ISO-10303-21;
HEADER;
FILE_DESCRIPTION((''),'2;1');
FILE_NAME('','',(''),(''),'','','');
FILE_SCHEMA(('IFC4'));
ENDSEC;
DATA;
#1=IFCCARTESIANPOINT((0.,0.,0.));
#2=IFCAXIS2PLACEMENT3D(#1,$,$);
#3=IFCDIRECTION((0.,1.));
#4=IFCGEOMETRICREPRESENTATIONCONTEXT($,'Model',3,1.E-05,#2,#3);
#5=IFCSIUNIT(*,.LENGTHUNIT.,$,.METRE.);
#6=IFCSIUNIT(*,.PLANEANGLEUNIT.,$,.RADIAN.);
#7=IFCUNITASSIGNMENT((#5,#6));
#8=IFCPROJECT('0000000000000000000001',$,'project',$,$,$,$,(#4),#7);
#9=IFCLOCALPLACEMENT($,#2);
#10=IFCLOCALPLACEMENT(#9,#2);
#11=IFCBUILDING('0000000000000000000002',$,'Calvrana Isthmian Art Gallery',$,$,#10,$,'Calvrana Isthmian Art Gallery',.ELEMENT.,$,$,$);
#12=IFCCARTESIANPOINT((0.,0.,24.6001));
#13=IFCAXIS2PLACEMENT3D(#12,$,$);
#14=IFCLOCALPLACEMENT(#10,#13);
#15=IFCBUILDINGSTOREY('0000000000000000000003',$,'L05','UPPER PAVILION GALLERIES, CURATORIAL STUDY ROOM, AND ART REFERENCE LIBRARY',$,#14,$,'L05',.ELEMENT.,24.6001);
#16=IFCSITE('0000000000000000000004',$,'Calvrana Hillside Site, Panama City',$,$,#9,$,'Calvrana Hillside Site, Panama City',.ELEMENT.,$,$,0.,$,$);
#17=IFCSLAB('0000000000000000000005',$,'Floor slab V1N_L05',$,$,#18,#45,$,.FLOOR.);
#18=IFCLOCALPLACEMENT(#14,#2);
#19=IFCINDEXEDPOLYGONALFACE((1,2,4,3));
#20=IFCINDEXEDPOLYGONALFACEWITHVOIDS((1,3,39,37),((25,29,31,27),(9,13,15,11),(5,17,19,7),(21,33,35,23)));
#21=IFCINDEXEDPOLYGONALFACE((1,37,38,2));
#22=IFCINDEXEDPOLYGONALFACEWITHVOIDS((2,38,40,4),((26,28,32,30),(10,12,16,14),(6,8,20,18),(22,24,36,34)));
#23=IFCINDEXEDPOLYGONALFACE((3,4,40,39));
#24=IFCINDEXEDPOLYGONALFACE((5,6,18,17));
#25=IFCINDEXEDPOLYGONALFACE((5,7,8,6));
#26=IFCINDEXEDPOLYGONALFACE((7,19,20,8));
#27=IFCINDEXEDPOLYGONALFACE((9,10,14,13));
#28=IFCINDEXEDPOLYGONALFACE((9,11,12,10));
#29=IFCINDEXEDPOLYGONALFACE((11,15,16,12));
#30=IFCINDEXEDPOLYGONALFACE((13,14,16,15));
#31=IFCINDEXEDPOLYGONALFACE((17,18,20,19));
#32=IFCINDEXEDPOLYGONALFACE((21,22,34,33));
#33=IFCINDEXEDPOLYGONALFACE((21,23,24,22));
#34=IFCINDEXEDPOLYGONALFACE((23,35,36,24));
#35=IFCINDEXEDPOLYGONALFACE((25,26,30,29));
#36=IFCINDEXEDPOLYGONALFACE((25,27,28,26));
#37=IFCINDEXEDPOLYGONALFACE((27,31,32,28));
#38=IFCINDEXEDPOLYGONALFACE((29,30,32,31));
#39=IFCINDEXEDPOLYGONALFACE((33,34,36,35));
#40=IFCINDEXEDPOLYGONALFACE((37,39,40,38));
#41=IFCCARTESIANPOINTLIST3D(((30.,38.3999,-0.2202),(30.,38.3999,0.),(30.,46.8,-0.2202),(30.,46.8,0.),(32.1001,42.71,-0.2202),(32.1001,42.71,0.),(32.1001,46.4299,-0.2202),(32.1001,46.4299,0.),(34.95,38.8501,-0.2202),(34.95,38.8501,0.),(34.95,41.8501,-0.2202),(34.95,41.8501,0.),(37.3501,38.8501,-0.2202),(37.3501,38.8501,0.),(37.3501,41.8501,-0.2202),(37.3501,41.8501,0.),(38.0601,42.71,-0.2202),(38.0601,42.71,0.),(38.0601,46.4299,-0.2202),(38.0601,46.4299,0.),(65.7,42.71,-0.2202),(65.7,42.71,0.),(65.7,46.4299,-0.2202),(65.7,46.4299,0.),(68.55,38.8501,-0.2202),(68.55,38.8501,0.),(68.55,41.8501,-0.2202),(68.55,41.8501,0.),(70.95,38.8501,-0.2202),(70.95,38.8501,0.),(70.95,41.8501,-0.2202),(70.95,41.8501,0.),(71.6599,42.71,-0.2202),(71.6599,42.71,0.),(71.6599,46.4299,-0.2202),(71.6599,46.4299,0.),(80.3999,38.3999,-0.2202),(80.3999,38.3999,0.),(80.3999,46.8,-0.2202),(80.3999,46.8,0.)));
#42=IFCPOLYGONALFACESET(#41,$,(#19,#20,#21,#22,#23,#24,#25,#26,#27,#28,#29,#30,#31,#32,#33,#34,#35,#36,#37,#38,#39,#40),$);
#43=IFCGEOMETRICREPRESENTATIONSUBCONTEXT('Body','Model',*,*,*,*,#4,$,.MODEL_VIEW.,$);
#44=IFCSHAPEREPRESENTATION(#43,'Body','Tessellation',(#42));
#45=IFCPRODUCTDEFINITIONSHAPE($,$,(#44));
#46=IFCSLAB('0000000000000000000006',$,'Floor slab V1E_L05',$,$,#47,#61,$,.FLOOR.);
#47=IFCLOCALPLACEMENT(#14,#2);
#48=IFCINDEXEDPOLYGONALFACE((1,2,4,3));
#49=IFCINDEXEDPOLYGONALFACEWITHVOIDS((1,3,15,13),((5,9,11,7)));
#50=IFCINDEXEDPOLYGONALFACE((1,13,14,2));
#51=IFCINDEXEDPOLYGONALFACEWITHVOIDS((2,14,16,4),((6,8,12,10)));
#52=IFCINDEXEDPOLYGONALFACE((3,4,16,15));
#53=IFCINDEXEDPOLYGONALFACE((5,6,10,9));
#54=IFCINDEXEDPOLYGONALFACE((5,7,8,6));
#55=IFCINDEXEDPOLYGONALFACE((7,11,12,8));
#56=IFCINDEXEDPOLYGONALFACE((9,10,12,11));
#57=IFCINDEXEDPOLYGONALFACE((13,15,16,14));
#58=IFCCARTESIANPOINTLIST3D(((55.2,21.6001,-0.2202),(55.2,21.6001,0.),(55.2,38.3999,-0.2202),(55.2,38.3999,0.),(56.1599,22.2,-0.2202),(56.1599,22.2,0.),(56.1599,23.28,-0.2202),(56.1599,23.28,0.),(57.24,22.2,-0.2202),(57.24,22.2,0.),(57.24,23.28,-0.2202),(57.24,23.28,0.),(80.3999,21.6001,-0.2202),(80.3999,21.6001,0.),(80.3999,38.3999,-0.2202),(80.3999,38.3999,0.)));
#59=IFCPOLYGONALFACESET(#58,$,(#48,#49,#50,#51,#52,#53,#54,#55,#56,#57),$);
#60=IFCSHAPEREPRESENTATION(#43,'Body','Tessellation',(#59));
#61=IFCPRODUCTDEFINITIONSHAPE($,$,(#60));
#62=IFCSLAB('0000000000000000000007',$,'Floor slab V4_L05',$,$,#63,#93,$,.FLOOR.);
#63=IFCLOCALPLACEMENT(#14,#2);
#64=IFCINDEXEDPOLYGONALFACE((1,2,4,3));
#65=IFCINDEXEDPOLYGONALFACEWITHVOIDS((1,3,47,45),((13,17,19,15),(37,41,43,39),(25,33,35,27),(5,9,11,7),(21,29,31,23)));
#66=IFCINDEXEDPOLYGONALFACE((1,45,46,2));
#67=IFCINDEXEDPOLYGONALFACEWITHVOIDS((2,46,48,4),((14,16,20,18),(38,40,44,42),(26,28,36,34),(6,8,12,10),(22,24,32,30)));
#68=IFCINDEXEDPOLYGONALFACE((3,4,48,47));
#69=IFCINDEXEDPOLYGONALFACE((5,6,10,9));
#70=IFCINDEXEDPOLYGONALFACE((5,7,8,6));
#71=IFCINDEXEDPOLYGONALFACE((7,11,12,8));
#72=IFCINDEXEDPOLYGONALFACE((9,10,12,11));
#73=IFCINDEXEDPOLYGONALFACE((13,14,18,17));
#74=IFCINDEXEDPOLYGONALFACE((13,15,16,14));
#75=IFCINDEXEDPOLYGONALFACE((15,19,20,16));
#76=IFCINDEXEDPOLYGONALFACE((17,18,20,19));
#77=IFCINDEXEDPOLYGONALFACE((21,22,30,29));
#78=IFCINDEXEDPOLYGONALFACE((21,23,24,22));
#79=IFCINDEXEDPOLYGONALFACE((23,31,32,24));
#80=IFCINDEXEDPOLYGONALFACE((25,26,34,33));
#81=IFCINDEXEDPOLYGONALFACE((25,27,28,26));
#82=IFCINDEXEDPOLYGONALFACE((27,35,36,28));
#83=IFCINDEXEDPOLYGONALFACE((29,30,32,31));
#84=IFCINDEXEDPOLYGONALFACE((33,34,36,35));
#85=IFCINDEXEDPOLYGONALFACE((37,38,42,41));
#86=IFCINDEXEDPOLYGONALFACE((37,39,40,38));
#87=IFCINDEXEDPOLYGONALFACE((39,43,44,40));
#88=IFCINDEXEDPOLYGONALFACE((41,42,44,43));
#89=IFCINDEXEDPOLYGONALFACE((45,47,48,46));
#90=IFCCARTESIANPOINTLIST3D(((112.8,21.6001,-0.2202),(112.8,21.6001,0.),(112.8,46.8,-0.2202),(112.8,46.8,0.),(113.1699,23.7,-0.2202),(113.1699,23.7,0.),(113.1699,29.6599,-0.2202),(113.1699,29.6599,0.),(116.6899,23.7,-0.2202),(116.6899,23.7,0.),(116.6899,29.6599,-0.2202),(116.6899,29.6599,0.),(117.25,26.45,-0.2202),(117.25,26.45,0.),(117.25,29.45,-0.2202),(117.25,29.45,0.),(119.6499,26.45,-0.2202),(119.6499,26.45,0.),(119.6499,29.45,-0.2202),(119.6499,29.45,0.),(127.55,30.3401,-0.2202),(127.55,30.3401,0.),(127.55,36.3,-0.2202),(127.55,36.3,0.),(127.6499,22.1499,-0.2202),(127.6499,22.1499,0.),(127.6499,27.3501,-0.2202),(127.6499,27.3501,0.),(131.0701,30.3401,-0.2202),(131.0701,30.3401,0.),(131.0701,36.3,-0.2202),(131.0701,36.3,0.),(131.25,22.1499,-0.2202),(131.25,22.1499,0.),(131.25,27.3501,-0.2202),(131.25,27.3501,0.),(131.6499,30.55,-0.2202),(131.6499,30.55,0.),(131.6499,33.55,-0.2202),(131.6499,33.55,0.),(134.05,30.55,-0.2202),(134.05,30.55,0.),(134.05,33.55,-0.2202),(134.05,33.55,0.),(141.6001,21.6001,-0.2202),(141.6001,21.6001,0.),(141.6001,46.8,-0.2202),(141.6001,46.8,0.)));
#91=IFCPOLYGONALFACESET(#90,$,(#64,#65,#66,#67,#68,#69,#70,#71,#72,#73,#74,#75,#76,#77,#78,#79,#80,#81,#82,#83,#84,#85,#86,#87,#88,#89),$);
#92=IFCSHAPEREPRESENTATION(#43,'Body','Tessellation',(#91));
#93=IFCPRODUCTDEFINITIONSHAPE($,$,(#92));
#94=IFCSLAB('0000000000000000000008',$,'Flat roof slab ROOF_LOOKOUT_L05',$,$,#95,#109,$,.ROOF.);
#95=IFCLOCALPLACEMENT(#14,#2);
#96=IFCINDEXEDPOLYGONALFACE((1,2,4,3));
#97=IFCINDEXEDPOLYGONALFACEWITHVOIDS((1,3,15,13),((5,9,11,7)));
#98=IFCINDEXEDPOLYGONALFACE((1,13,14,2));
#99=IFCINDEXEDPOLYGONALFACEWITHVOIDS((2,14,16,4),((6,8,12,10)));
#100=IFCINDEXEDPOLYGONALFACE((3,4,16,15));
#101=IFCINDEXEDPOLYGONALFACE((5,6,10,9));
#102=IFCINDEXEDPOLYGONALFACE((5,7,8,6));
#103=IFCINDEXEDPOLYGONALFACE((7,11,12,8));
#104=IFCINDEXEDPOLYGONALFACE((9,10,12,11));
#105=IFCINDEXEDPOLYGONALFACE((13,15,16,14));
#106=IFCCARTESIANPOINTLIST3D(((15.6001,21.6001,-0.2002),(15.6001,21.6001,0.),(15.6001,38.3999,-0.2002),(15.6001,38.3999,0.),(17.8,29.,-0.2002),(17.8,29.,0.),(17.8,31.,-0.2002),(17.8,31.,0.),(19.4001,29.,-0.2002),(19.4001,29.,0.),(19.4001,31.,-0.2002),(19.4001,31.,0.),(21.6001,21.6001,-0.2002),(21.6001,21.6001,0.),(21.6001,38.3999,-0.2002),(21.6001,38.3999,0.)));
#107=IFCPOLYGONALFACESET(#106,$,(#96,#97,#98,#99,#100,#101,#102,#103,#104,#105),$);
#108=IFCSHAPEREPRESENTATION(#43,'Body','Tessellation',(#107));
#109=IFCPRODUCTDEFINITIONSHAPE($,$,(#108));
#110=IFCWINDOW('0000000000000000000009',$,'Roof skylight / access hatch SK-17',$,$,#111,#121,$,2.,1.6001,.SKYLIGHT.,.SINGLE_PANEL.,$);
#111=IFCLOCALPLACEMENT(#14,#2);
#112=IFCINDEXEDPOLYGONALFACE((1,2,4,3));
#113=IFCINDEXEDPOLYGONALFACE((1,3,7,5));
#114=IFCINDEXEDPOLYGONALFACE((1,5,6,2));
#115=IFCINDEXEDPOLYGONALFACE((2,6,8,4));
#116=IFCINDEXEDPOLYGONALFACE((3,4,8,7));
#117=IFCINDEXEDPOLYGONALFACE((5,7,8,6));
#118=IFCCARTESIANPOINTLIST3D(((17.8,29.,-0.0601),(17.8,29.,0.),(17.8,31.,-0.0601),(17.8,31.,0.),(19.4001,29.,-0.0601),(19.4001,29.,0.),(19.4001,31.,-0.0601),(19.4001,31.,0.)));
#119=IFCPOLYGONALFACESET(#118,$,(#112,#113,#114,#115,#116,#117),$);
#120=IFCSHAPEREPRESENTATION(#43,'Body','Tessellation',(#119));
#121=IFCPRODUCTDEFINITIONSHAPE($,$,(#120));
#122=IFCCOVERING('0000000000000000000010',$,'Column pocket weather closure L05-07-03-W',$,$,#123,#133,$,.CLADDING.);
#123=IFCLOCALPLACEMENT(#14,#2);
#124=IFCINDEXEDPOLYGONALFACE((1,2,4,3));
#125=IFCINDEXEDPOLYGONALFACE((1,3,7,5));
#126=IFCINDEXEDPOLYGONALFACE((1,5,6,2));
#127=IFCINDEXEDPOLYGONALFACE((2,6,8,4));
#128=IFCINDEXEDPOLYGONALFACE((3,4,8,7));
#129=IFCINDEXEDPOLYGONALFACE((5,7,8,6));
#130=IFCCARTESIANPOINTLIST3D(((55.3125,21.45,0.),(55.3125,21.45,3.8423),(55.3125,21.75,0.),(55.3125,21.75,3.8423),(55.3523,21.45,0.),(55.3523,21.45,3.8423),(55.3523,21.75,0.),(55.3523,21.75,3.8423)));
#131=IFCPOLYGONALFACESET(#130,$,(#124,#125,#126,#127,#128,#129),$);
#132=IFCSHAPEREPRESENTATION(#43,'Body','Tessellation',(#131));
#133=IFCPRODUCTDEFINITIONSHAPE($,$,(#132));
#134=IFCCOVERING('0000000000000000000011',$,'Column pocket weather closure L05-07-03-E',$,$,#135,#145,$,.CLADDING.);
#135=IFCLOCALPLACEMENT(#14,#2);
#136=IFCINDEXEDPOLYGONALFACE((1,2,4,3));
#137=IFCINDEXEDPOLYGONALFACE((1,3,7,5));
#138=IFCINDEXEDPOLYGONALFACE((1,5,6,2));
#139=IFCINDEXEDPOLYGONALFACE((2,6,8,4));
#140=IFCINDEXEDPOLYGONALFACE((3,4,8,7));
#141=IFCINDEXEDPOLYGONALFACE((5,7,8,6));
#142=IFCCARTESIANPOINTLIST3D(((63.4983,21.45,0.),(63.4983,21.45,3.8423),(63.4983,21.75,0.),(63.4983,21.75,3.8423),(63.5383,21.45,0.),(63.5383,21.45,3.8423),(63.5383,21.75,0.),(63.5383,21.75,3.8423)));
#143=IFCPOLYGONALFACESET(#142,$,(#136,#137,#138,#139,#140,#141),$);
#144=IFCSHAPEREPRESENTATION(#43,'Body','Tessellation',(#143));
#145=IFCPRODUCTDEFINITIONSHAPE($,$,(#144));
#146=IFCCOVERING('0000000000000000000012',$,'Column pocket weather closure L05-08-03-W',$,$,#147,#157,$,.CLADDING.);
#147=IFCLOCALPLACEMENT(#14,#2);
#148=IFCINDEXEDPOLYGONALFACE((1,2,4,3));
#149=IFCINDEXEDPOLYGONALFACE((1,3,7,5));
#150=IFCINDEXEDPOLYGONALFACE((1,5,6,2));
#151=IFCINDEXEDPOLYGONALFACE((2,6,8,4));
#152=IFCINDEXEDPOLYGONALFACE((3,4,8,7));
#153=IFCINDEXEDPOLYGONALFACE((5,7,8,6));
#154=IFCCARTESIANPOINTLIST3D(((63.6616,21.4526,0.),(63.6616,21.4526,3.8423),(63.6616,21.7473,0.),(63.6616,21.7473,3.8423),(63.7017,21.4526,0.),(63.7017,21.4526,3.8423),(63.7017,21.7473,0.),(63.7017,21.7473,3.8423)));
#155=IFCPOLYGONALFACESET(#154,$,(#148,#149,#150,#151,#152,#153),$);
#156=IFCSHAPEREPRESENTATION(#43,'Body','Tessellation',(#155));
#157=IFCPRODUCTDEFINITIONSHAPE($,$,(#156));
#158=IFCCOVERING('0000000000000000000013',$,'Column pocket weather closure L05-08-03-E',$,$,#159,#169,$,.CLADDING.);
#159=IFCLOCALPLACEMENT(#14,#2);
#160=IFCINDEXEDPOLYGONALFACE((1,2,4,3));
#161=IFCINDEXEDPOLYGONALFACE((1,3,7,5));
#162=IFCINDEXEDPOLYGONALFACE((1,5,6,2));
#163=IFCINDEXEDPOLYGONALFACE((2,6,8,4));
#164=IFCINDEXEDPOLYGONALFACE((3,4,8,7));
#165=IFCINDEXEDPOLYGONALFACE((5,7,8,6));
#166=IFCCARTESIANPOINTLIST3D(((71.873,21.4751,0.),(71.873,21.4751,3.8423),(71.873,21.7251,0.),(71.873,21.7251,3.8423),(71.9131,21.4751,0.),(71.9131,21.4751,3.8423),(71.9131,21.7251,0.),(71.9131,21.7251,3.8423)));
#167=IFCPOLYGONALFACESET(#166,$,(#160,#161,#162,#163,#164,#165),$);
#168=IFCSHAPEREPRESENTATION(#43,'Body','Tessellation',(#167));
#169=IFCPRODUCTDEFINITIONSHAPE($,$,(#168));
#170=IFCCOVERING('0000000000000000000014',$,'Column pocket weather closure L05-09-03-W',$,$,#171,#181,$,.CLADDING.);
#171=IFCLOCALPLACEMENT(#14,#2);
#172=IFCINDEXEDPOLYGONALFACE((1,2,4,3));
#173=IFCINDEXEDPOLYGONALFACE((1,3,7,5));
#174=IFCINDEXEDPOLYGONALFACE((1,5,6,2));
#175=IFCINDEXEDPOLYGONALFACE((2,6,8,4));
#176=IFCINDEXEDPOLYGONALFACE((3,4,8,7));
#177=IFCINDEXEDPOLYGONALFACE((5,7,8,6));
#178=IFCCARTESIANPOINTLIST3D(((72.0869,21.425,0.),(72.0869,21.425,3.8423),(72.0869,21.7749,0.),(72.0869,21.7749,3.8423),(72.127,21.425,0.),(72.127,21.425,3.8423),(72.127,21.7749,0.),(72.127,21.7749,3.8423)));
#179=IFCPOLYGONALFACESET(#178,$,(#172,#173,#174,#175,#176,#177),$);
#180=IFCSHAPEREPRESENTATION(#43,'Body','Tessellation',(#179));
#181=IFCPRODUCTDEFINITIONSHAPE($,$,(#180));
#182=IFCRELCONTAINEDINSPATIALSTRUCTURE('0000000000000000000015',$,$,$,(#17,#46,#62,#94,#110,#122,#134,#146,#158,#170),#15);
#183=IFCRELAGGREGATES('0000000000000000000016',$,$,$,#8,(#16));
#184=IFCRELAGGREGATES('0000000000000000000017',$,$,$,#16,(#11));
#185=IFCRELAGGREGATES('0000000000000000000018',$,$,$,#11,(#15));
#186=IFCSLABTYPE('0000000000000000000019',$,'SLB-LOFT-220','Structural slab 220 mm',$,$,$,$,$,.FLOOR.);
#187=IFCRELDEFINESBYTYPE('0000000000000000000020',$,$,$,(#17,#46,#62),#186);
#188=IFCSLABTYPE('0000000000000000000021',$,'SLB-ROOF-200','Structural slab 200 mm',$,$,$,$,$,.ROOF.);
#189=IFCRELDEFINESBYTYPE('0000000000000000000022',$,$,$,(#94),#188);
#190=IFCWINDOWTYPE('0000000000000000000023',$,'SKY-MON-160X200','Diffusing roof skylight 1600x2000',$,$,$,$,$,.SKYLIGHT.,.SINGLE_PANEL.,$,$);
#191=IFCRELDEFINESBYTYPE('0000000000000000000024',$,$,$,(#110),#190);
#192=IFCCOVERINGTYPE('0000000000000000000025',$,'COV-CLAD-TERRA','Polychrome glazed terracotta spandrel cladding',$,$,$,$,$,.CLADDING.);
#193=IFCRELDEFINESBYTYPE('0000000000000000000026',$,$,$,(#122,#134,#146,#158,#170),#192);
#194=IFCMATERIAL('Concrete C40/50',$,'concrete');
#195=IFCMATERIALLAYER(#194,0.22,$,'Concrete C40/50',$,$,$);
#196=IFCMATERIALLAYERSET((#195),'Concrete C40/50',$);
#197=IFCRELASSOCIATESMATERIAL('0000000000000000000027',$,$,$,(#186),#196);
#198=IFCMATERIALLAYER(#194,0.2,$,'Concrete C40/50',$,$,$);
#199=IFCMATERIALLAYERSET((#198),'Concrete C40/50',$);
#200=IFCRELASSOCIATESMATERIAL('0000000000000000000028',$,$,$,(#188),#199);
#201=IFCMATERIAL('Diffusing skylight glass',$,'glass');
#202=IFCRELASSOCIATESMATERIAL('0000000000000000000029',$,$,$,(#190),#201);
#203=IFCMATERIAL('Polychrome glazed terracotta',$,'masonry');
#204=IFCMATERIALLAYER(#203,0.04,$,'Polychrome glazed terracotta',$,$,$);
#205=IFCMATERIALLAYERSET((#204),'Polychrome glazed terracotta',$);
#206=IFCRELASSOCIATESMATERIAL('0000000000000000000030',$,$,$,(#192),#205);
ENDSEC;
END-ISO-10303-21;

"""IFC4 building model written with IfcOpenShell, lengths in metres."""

from ifc_helpers import new_model, si_unit, direction, frame, origin, origin_2d, place, context, subcontext, project, spatial, polyline, rectangle, outline, extrude, material, layer, layer_set, type_object, element, fill, save


model = new_model("IFC4")

# Units and contexts
model_context = context("Model", 3, precision=1e-05, world=origin(), true_north=direction((0.0, 1.0)))
body_context = subcontext(model_context, "Body", "Model", "MODEL_VIEW")
ifc_project = project(units=[si_unit("LENGTHUNIT", "METRE"), si_unit("PLANEANGLEUNIT", "RADIAN")], contexts=[model_context])

# Site, building, storey
site_placement = place(None, origin())
site = spatial("IfcSite", under=ifc_project, at=site_placement, Name="Calvrana Hillside Site, Panama City", LongName="Calvrana Hillside Site, Panama City", CompositionType="ELEMENT", RefElevation=0.0)
building_placement = place(site_placement, origin())
building = spatial("IfcBuilding", under=site, at=building_placement, Name="Calvrana Isthmian Art Gallery", LongName="Calvrana Isthmian Art Gallery", CompositionType="ELEMENT")
storey_placement = place(building_placement, frame((0.0, 0.0, 24.6001)))
storey = spatial("IfcBuildingStorey", under=building, at=storey_placement, Name="L05", Description="UPPER PAVILION GALLERIES, CURATORIAL STUDY ROOM, AND ART REFERENCE LIBRARY", LongName="L05", CompositionType="ELEMENT", Elevation=24.6001)

# Slabs
ifc_material_1 = material(Name="Concrete C40/50", Category="concrete")
ifc_layer_1 = layer(ifc_material_1, 0.22, Name="Concrete C40/50")
ifc_layer_set_1 = layer_set([ifc_layer_1], Name="Concrete C40/50")
slab_type_1 = type_object("IfcSlabType", Name="SLB-LOFT-220", Description="Structural slab 220 mm", PredefinedType="FLOOR", material=ifc_layer_set_1)
slab_1_placement = place(storey_placement, frame((0.0, 0.0, -0.2202)))
element("IfcSlab", 1, at=slab_1_placement, inside=storey, type_object=slab_type_1, Name="Floor slab V1N_L05", PredefinedType="FLOOR", context=body_context, shape_type="SweptSolid", body=[
    extrude(outline(polyline([(30.0, 38.3999), (80.3999, 38.3999), (80.3999, 46.8), (30.0, 46.8), (30.0, 38.3999)]), holes=[polyline([(32.1001, 42.71), (38.0601, 42.71), (38.0601, 46.4299), (32.1001, 46.4299), (32.1001, 42.71)]), polyline([(34.95, 38.8501), (37.3501, 38.8501), (37.3501, 41.8501), (34.95, 41.8501), (34.95, 38.8501)]), polyline([(65.7, 42.71), (71.6599, 42.71), (71.6599, 46.4299), (65.7, 46.4299), (65.7, 42.71)]), polyline([(68.55, 38.8501), (70.95, 38.8501), (70.95, 41.8501), (68.55, 41.8501), (68.55, 38.8501)])]), origin(), (0.0, 0.0, 1.0), 0.2202),
])
slab_2_placement = place(storey_placement, frame((0.0, 0.0, -0.2202)))
element("IfcSlab", 2, at=slab_2_placement, inside=storey, type_object=slab_type_1, Name="Floor slab V1E_L05", PredefinedType="FLOOR", context=body_context, shape_type="SweptSolid", body=[
    extrude(outline(polyline([(55.2, 21.6001), (80.3999, 21.6001), (80.3999, 38.3999), (55.2, 38.3999), (55.2, 21.6001)]), holes=[polyline([(56.1599, 22.2), (57.24, 22.2), (57.24, 23.28), (56.1599, 23.28), (56.1599, 22.2)])]), origin(), (0.0, 0.0, 1.0), 0.2202),
])
slab_3_placement = place(storey_placement, frame((0.0, 0.0, -0.2202)))
element("IfcSlab", 3, at=slab_3_placement, inside=storey, type_object=slab_type_1, Name="Floor slab V4_L05", PredefinedType="FLOOR", context=body_context, shape_type="SweptSolid", body=[
    extrude(outline(polyline([(112.8, 21.6001), (141.6001, 21.6001), (141.6001, 46.8), (112.8, 46.8), (112.8, 21.6001)]), holes=[polyline([(116.6899, 23.7), (116.6899, 29.6599), (113.1699, 29.6599), (113.1699, 23.7), (116.6899, 23.7)]), polyline([(117.25, 26.45), (119.6499, 26.45), (119.6499, 29.45), (117.25, 29.45), (117.25, 26.45)]), polyline([(127.55, 36.3), (127.55, 30.3401), (131.0701, 30.3401), (131.0701, 36.3), (127.55, 36.3)]), polyline([(131.6499, 30.55), (134.05, 30.55), (134.05, 33.55), (131.6499, 33.55), (131.6499, 30.55)]), polyline([(127.6499, 22.1499), (131.25, 22.1499), (131.25, 27.3501), (127.6499, 27.3501), (127.6499, 22.1499)])]), origin(), (0.0, 0.0, 1.0), 0.2202),
])

# Slab, opening, window
ifc_layer_2 = layer(ifc_material_1, 0.2, Name="Concrete C40/50")
ifc_layer_set_2 = layer_set([ifc_layer_2], Name="Concrete C40/50")
slab_type_2 = type_object("IfcSlabType", Name="SLB-ROOF-200", Description="Structural slab 200 mm", PredefinedType="ROOF", material=ifc_layer_set_2)
slab_4_placement = place(storey_placement, frame((0.0, 0.0, -0.2002)))
slab_4 = element("IfcSlab", 4, at=slab_4_placement, inside=storey, type_object=slab_type_2, Name="Flat roof slab ROOF_LOOKOUT_L05", PredefinedType="ROOF", context=body_context, shape_type="SweptSolid", body=[
    extrude(outline(polyline([(15.6001, 21.6001), (21.6001, 21.6001), (21.6001, 38.3999), (15.6001, 38.3999), (15.6001, 21.6001)])), origin(), (0.0, 0.0, 1.0), 0.2002),
])
opening_placement = place(slab_4_placement, frame((18.6001, 30.0, -0.0103)))
opening = element("IfcOpeningElement", 5, at=opening_placement, cuts=slab_4, PredefinedType="OPENING", context=body_context, shape_type="SweptSolid", body=[
    extrude(rectangle(XDim=1.6001, YDim=2.0, at=origin_2d()), origin(), (0.0, 0.0, 1.0), 0.2207),
])
ifc_material_2 = material(Name="Diffusing skylight glass", Category="glass")
window_type = type_object("IfcWindowType", Name="SKY-MON-160X200", Description="Diffusing roof skylight 1600x2000", PartitioningType="SINGLE_PANEL", PredefinedType="SKYLIGHT", material=ifc_material_2)
window_placement = place(slab_4_placement, frame((18.6001, 30.0, 0.1401)))
window = element("IfcWindow", 6, at=window_placement, inside=storey, type_object=window_type, Name="Roof skylight / access hatch SK-17", OverallHeight=2.0, OverallWidth=1.6001, PartitioningType="SINGLE_PANEL", PredefinedType="SKYLIGHT", context=body_context, shape_type="SweptSolid", body=[
    extrude(rectangle(XDim=1.6001, YDim=2.0, at=origin_2d()), origin(), (0.0, 0.0, 1.0), 0.0601),
])
fill(opening, window)

# Coverings
ifc_material_3 = material(Name="Polychrome glazed terracotta", Category="masonry")
ifc_layer_3 = layer(ifc_material_3, 0.04, Name="Polychrome glazed terracotta")
ifc_layer_set_3 = layer_set([ifc_layer_3], Name="Polychrome glazed terracotta")
covering_type = type_object("IfcCoveringType", Name="COV-CLAD-TERRA", Description="Polychrome glazed terracotta spandrel cladding", PredefinedType="CLADDING", material=ifc_layer_set_3)
covering_1_placement = place(storey_placement, origin())
element("IfcCovering", 7, at=covering_1_placement, inside=storey, type_object=covering_type, Name="Column pocket weather closure L05-07-03-W", PredefinedType="CLADDING", context=body_context, shape_type="SweptSolid", body=[
    extrude(outline(polyline([(55.3125, 21.45), (55.3523, 21.45), (55.3523, 21.75), (55.3125, 21.75), (55.3125, 21.45)])), origin(), (0.0, 0.0, 1.0), 3.8423),
])
covering_2_placement = place(storey_placement, origin())
element("IfcCovering", 8, at=covering_2_placement, inside=storey, type_object=covering_type, Name="Column pocket weather closure L05-07-03-E", PredefinedType="CLADDING", context=body_context, shape_type="SweptSolid", body=[
    extrude(outline(polyline([(63.4983, 21.45), (63.5383, 21.45), (63.5383, 21.75), (63.4983, 21.75), (63.4983, 21.45)])), origin(), (0.0, 0.0, 1.0), 3.8423),
])
covering_3_placement = place(storey_placement, origin())
element("IfcCovering", 9, at=covering_3_placement, inside=storey, type_object=covering_type, Name="Column pocket weather closure L05-08-03-W", PredefinedType="CLADDING", context=body_context, shape_type="SweptSolid", body=[
    extrude(outline(polyline([(63.6616, 21.4526), (63.7017, 21.4526), (63.7017, 21.7473), (63.6616, 21.7473), (63.6616, 21.4526)])), origin(), (0.0, 0.0, 1.0), 3.8423),
])
covering_4_placement = place(storey_placement, origin())
element("IfcCovering", 10, at=covering_4_placement, inside=storey, type_object=covering_type, Name="Column pocket weather closure L05-08-03-E", PredefinedType="CLADDING", context=body_context, shape_type="SweptSolid", body=[
    extrude(outline(polyline([(71.873, 21.4751), (71.9131, 21.4751), (71.9131, 21.7251), (71.873, 21.7251), (71.873, 21.4751)])), origin(), (0.0, 0.0, 1.0), 3.8423),
])
covering_5_placement = place(storey_placement, origin())
element("IfcCovering", 11, at=covering_5_placement, inside=storey, type_object=covering_type, Name="Column pocket weather closure L05-09-03-W", PredefinedType="CLADDING", context=body_context, shape_type="SweptSolid", body=[
    extrude(outline(polyline([(72.0869, 21.425), (72.127, 21.425), (72.127, 21.7749), (72.0869, 21.7749), (72.0869, 21.425)])), origin(), (0.0, 0.0, 1.0), 3.8423),
])

save(model, "model.ifc")
